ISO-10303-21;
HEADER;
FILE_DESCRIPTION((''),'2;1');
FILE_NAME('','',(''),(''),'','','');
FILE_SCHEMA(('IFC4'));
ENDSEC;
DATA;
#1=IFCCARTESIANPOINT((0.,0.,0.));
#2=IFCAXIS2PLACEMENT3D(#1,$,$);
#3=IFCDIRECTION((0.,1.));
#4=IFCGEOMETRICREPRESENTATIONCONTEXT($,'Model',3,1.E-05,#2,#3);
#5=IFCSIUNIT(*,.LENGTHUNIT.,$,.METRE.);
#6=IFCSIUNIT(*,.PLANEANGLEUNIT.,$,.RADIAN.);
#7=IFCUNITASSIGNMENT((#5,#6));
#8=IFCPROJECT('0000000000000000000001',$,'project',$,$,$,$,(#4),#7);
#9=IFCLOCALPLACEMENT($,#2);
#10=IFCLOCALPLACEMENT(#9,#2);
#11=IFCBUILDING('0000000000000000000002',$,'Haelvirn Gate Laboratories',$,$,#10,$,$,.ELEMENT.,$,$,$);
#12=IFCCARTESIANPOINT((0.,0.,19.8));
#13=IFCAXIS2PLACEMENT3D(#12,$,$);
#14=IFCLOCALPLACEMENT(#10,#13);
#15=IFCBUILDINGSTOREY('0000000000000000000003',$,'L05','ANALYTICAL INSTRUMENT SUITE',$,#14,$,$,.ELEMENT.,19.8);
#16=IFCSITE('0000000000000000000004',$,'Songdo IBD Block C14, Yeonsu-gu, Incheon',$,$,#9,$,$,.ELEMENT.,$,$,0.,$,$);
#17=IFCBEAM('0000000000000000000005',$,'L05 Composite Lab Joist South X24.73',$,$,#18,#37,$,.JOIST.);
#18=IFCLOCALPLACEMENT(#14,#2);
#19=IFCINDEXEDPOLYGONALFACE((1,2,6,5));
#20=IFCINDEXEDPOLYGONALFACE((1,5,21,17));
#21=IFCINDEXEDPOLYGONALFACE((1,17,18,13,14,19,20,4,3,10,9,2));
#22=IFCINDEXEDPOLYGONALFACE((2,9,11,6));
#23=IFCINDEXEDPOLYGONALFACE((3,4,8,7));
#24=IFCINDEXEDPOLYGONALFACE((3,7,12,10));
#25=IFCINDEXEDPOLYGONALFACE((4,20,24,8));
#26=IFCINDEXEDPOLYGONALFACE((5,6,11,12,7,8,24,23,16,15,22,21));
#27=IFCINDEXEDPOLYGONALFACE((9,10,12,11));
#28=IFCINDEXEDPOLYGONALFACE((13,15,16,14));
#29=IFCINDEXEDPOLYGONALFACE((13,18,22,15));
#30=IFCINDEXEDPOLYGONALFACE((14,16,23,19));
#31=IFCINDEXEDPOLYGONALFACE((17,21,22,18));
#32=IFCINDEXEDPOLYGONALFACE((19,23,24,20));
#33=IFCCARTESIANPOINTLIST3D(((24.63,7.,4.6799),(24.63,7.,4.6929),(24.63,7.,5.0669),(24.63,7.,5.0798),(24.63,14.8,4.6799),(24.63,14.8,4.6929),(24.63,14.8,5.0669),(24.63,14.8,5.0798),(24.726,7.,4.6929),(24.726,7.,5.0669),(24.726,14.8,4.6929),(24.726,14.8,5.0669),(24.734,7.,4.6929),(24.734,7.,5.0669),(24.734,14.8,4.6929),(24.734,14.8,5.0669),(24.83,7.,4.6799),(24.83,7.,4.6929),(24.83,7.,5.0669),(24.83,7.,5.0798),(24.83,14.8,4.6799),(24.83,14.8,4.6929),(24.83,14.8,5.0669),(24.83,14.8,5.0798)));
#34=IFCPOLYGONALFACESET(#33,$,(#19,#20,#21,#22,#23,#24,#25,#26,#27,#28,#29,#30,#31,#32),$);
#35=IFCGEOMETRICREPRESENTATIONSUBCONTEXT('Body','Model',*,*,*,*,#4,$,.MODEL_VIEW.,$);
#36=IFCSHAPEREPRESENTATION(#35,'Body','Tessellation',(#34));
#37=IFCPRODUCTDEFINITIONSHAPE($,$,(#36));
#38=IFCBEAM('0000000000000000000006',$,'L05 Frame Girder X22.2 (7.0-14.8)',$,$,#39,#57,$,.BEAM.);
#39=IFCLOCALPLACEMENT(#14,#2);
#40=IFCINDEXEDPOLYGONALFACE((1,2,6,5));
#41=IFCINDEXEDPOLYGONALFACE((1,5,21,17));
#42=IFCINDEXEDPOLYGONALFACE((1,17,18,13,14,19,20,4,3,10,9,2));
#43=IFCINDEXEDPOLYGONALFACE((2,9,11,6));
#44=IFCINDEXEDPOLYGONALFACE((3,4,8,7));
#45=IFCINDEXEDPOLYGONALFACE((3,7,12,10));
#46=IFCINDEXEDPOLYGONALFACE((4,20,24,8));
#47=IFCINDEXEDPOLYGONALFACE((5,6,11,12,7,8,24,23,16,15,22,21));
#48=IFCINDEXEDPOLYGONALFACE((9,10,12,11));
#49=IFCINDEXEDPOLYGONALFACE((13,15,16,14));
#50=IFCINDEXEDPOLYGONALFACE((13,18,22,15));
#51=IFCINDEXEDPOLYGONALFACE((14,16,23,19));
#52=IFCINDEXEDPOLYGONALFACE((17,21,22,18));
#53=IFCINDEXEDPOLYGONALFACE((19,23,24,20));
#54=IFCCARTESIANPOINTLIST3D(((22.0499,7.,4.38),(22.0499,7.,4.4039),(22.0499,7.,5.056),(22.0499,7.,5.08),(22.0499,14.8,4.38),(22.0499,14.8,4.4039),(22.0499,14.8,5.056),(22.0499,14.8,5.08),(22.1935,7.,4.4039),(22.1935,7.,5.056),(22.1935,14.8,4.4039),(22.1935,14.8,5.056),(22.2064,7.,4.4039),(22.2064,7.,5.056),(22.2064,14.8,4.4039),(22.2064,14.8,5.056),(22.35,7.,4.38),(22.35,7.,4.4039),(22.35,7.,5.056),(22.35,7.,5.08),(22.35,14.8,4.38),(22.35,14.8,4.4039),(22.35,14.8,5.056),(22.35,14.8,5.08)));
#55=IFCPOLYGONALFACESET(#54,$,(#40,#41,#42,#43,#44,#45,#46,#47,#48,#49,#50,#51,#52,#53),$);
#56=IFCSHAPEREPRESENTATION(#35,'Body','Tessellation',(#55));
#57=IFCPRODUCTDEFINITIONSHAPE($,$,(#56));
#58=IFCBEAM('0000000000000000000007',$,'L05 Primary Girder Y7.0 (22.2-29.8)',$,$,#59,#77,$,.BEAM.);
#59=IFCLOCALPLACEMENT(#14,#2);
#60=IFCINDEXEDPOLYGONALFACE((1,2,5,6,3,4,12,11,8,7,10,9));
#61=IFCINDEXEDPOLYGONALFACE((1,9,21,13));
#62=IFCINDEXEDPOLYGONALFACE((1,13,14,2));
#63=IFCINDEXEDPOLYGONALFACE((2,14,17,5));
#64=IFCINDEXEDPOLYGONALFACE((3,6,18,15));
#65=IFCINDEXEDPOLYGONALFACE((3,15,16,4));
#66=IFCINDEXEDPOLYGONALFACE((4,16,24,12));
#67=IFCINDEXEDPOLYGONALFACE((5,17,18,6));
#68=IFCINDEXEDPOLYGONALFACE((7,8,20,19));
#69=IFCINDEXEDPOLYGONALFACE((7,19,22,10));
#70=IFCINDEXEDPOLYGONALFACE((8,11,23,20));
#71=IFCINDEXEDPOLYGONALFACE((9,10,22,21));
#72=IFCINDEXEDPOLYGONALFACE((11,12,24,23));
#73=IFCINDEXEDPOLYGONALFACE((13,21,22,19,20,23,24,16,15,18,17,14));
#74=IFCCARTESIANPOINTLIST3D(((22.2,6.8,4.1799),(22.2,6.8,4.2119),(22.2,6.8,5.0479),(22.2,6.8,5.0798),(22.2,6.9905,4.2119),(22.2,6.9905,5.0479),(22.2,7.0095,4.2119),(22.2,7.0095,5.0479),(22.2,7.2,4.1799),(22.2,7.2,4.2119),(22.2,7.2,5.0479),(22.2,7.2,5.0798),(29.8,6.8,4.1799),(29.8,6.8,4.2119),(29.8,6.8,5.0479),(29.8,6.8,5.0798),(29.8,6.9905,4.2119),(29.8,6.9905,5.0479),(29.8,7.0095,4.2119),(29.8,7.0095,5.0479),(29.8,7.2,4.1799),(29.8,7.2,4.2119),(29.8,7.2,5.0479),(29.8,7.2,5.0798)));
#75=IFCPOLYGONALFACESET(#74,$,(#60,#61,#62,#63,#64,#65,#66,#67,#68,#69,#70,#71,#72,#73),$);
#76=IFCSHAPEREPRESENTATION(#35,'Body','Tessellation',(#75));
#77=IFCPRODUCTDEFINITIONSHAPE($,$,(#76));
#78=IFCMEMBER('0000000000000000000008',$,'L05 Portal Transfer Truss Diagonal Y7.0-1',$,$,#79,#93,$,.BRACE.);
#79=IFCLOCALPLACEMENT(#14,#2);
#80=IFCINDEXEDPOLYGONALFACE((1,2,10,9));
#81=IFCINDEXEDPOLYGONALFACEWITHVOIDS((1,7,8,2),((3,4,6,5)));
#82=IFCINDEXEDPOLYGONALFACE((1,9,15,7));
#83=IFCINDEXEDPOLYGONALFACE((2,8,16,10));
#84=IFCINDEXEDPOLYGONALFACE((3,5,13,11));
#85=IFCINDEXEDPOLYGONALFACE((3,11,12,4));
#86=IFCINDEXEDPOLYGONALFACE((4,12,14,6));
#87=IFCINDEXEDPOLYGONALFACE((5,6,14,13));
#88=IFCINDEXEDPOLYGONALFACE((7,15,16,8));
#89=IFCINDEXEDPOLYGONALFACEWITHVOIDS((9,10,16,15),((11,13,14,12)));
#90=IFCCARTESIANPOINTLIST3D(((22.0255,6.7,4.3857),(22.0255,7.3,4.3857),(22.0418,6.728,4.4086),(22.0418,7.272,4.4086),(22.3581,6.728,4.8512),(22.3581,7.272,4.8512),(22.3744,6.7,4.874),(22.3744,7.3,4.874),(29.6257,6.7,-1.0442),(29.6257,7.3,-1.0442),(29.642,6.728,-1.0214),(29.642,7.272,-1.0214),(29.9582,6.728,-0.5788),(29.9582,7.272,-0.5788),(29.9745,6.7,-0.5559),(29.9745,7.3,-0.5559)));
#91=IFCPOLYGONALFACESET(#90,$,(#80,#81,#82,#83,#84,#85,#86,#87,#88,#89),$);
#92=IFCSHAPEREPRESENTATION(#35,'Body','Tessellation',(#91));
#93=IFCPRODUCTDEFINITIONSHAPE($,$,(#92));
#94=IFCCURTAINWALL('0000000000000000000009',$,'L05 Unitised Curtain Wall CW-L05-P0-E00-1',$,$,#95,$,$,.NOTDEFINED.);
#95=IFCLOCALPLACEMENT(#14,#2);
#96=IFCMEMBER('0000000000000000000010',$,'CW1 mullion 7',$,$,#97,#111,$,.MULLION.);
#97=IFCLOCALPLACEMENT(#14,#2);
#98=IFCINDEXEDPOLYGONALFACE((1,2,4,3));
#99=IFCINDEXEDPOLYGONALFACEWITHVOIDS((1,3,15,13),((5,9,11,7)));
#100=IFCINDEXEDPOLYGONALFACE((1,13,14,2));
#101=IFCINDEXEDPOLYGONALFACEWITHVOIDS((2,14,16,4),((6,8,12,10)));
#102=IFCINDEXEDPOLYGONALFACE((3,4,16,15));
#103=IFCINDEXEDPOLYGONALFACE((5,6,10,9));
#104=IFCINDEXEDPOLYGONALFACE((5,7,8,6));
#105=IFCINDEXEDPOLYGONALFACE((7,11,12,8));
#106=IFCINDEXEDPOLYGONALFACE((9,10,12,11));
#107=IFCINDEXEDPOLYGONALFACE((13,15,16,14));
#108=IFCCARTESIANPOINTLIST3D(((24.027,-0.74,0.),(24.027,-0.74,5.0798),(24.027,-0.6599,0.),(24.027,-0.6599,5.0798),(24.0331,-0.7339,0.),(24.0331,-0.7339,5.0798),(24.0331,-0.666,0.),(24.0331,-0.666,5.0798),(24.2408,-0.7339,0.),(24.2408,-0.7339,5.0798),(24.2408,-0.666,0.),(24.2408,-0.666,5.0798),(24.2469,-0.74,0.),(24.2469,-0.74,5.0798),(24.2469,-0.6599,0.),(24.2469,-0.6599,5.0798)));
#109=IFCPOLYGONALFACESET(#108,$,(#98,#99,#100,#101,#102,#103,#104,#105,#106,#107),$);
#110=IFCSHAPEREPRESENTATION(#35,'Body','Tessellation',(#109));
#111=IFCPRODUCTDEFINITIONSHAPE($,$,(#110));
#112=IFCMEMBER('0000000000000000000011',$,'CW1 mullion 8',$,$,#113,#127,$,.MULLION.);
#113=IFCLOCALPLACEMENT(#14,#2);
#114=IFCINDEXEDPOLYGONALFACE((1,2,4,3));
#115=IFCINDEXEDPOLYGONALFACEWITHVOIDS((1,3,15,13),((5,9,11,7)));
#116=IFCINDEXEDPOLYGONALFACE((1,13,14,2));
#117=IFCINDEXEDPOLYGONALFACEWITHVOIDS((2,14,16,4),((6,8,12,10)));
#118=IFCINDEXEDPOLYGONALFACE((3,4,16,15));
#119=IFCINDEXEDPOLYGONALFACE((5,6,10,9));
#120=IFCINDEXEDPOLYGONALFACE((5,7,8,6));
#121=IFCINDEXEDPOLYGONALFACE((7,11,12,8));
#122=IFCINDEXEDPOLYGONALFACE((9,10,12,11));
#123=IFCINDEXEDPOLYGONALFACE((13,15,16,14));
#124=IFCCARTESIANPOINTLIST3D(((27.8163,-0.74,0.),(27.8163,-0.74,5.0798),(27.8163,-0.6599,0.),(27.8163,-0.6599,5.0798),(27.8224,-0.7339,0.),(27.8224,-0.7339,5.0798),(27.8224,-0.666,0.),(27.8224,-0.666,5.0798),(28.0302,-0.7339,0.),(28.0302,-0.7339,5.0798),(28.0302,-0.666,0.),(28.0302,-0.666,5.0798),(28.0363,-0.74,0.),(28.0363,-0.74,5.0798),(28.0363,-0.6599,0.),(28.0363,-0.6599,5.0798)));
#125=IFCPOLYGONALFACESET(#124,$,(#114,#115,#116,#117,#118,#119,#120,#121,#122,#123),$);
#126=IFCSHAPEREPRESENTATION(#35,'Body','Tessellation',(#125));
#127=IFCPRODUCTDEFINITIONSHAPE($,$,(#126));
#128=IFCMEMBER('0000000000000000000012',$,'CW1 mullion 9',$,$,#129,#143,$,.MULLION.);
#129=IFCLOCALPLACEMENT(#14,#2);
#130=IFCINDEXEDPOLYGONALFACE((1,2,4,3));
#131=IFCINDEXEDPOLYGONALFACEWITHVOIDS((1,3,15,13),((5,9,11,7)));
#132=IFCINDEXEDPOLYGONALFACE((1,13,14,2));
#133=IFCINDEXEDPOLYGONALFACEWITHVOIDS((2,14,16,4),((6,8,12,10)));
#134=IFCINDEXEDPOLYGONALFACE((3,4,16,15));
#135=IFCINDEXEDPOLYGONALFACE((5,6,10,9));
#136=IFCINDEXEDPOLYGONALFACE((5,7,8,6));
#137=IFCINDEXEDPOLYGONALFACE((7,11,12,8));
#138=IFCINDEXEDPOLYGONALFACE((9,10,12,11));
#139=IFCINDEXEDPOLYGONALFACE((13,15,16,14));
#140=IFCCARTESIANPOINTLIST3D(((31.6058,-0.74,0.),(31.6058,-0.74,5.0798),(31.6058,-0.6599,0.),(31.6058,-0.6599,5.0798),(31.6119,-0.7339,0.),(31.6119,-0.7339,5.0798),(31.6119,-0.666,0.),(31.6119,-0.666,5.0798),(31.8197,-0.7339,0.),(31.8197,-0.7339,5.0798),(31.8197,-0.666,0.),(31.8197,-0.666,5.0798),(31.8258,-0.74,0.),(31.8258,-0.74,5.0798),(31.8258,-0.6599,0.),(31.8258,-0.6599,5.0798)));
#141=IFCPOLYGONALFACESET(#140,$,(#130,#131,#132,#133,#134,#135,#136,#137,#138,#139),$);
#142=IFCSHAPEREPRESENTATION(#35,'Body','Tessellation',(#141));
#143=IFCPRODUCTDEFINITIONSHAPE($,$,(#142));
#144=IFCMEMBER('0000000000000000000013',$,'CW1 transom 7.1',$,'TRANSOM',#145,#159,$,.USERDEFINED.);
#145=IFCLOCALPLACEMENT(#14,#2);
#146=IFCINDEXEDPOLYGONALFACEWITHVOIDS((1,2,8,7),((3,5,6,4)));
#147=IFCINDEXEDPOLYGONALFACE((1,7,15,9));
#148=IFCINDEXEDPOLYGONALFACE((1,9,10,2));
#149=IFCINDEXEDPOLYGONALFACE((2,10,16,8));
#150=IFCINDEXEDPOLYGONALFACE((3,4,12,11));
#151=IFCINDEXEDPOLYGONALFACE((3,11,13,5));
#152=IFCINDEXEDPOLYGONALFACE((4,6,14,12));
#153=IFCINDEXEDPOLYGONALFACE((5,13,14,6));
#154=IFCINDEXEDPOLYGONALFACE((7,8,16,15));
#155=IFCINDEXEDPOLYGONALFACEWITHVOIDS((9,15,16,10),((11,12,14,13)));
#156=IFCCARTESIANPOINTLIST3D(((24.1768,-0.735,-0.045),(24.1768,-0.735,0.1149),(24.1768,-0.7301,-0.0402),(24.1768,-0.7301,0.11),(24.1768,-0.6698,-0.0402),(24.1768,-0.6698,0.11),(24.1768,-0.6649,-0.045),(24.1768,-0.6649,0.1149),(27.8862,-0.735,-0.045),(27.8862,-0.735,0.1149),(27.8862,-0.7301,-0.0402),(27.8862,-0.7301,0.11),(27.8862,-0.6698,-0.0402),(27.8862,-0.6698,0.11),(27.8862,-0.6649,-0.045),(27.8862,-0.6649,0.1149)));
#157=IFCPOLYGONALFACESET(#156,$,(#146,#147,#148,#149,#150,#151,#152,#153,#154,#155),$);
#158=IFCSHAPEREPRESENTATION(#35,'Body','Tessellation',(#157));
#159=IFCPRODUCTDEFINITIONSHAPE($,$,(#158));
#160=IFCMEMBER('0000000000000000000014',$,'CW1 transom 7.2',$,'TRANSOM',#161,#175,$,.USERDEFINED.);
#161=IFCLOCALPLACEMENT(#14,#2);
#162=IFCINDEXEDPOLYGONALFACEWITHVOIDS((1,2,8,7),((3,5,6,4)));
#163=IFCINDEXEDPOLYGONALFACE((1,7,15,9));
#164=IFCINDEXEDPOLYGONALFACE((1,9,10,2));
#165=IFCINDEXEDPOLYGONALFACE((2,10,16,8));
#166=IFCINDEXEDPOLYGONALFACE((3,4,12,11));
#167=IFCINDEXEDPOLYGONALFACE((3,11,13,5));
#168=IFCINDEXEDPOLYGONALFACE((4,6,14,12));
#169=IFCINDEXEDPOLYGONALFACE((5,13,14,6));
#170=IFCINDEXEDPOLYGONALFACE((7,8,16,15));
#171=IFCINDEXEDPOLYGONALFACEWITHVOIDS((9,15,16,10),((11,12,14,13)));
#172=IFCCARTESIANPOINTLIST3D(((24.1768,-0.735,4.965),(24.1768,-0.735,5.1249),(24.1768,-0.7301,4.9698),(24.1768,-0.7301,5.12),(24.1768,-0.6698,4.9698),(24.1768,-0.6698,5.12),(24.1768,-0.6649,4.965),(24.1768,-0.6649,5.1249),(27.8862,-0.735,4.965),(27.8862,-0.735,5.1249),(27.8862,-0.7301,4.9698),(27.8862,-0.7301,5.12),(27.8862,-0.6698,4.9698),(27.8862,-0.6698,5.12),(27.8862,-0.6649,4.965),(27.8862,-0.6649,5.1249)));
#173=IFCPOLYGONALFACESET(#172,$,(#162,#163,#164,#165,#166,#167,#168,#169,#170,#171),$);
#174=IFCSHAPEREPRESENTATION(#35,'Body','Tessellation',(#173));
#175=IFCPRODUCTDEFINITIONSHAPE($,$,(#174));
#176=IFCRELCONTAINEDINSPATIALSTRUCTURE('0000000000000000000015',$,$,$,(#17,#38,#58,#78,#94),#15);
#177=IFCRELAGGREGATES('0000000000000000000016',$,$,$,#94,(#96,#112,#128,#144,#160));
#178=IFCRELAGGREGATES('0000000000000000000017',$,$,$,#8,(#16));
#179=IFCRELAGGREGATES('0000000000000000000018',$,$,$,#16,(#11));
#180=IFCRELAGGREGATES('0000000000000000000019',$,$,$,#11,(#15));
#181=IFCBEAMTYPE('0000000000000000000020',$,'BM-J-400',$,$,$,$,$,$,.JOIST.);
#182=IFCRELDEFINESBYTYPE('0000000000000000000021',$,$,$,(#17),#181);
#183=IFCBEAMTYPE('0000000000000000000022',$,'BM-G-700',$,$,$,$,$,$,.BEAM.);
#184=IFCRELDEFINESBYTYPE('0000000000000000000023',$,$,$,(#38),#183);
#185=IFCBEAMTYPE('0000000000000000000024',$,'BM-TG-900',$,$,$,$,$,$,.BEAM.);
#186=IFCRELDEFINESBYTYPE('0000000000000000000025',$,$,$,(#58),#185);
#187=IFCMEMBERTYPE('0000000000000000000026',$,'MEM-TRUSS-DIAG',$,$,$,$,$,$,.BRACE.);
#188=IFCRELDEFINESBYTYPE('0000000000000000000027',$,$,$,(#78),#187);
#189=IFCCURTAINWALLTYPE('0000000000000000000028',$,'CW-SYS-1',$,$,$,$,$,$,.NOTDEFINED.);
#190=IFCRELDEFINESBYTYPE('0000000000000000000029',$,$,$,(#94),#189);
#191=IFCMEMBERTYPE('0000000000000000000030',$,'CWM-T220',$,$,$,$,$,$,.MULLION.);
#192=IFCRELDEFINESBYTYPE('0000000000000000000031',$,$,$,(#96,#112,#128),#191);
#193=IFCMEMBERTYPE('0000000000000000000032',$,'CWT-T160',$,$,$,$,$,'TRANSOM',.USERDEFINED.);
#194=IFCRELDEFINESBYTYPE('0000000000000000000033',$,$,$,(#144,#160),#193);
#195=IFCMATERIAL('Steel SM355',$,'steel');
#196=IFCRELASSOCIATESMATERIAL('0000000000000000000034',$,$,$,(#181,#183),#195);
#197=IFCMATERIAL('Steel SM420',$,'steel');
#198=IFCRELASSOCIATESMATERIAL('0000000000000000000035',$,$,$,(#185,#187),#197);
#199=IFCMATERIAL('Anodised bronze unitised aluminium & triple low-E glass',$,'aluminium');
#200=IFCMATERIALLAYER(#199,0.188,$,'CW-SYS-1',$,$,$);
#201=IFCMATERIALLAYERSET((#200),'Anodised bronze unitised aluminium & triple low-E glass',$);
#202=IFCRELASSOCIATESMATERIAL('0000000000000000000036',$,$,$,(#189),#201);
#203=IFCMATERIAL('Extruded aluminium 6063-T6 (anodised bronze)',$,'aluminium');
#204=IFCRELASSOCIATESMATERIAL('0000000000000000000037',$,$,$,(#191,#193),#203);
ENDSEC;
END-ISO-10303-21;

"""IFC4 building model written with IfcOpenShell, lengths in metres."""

from ifc_helpers import new_model, si_unit, direction, frame, origin, origin_2d, place, context, subcontext, project, spatial, hollow_rectangle, i_section, extrude, source, transform, mapped, material, layer, layer_set, material_profile, profile_set, type_object, type_shapes, element, aggregate, save


model = new_model("IFC4")

# Units and contexts
model_context = context("Model", 3, precision=1e-05, world=origin(), true_north=direction((0.0, 1.0)))
body_context = subcontext(model_context, "Body", "Model", "MODEL_VIEW")
ifc_project = project(units=[si_unit("LENGTHUNIT", "METRE"), si_unit("PLANEANGLEUNIT", "RADIAN")], contexts=[model_context])

# Site, building, storey
site_placement = place(None, origin())
site = spatial("IfcSite", under=ifc_project, at=site_placement, Name="Songdo IBD Block C14, Yeonsu-gu, Incheon", CompositionType="ELEMENT", RefElevation=0.0)
building_placement = place(site_placement, origin())
building = spatial("IfcBuilding", under=site, at=building_placement, Name="Haelvirn Gate Laboratories", CompositionType="ELEMENT")
storey_placement = place(building_placement, frame((0.0, 0.0, 19.8)))
storey = spatial("IfcBuildingStorey", under=building, at=storey_placement, Name="L05", Description="ANALYTICAL INSTRUMENT SUITE", CompositionType="ELEMENT", Elevation=19.8)

# Beams
ifc_material_1 = material(Name="Steel SM355", Category="steel")
ifc_material_profile_1 = material_profile(ifc_material_1, i_section(OverallWidth=0.2, OverallDepth=0.3999, WebThickness=0.0081, FlangeThickness=0.0129, at=origin_2d()), Name="H-400x200x8x13")
ifc_profile_set_1 = profile_set([ifc_material_profile_1], Name="Steel SM355")
beam_type_1 = type_object("IfcBeamType", Name="BM-J-400", PredefinedType="JOIST", material=ifc_profile_set_1)
shared_shape_1 = source(origin(), body_context, "Body", "SweptSolid", [
    extrude(i_section(OverallWidth=0.2, OverallDepth=0.3999, WebThickness=0.0081, FlangeThickness=0.0129, at=origin_2d()), origin(), (0.0, 0.0, 1.0), 7.8),
])
type_shapes(beam_type_1, [shared_shape_1])
beam_1_placement = place(storey_placement, frame((24.73, 7.0, 4.8799), z_axis=(0.0, 1.0, 0.0), x_axis=(-1.0, 0.0, 0.0)))
element("IfcBeam", 1, at=beam_1_placement, inside=storey, type_object=beam_type_1, Name="L05 Composite Lab Joist South X24.73", PredefinedType="JOIST", context=body_context, shape_type="MappedRepresentation", body=[
    mapped(shared_shape_1, transform((0.0, 0.0, 0.0), scale=1.0)),
])
ifc_material_profile_2 = material_profile(ifc_material_1, i_section(OverallWidth=0.3, OverallDepth=0.7, WebThickness=0.0129, FlangeThickness=0.0239, at=origin_2d()), Name="H-700x300x13x24")
ifc_profile_set_2 = profile_set([ifc_material_profile_2], Name="Steel SM355")
beam_type_2 = type_object("IfcBeamType", Name="BM-G-700", PredefinedType="BEAM", material=ifc_profile_set_2)
shared_shape_2 = source(origin(), body_context, "Body", "SweptSolid", [
    extrude(i_section(OverallWidth=0.3, OverallDepth=0.7, WebThickness=0.0129, FlangeThickness=0.0239, at=origin_2d()), origin(), (0.0, 0.0, 1.0), 7.8),
])
type_shapes(beam_type_2, [shared_shape_2])
beam_2_placement = place(storey_placement, frame((22.2, 7.0, 4.73), z_axis=(0.0, 1.0, 0.0), x_axis=(-1.0, 0.0, 0.0)))
element("IfcBeam", 2, at=beam_2_placement, inside=storey, type_object=beam_type_2, Name="L05 Frame Girder X22.2 (7.0-14.8)", PredefinedType="BEAM", context=body_context, shape_type="MappedRepresentation", body=[
    mapped(shared_shape_2, transform((0.0, 0.0, 0.0), scale=1.0)),
])
ifc_material_2 = material(Name="Steel SM420", Category="steel")
ifc_material_profile_3 = material_profile(ifc_material_2, i_section(OverallWidth=0.3999, OverallDepth=0.8999, WebThickness=0.019, FlangeThickness=0.032, at=origin_2d()), Name="H-900x400x19x32")
ifc_profile_set_3 = profile_set([ifc_material_profile_3], Name="Steel SM420")
beam_type_3 = type_object("IfcBeamType", Name="BM-TG-900", PredefinedType="BEAM", material=ifc_profile_set_3)
shared_shape_3 = source(origin(), body_context, "Body", "SweptSolid", [
    extrude(i_section(OverallWidth=0.3999, OverallDepth=0.8999, WebThickness=0.019, FlangeThickness=0.032, at=origin_2d()), origin(), (0.0, 0.0, 1.0), 7.6001),
])
type_shapes(beam_type_3, [shared_shape_3])
beam_3_placement = place(storey_placement, frame((22.2, 7.0, 4.6299), z_axis=(1.0, 0.0, 0.0), x_axis=(0.0, 1.0, 0.0)))
element("IfcBeam", 3, at=beam_3_placement, inside=storey, type_object=beam_type_3, Name="L05 Primary Girder Y7.0 (22.2-29.8)", PredefinedType="BEAM", context=body_context, shape_type="MappedRepresentation", body=[
    mapped(shared_shape_3, transform((0.0, 0.0, 0.0), scale=1.0)),
])

# Member
ifc_material_profile_4 = material_profile(ifc_material_2, hollow_rectangle(XDim=0.6001, YDim=0.6001, WallThickness=0.0281, at=origin_2d()), Name="BOX-600x600x28")
ifc_profile_set_4 = profile_set([ifc_material_profile_4], Name="Steel SM420")
member_type_1 = type_object("IfcMemberType", Name="MEM-TRUSS-DIAG", PredefinedType="BRACE", material=ifc_profile_set_4)
shared_shape_4 = source(origin(), body_context, "Body", "SweptSolid", [
    extrude(hollow_rectangle(XDim=0.6001, YDim=0.6001, WallThickness=0.0281, at=origin_2d()), origin(), (0.0, 0.0, 1.0), 9.3406),
])
type_shapes(member_type_1, [shared_shape_4])
member_1_placement = place(storey_placement, frame((22.2, 7.0, 4.6299), z_axis=(0.813668, 0.0, -0.58133), x_axis=(0.0, 1.0, 0.0)))
element("IfcMember", 4, at=member_1_placement, inside=storey, type_object=member_type_1, Name="L05 Portal Transfer Truss Diagonal Y7.0-1", PredefinedType="BRACE", context=body_context, shape_type="MappedRepresentation", body=[
    mapped(shared_shape_4, transform((0.0, 0.0, 0.0), scale=1.0)),
])

# Curtain wall, members
ifc_material_3 = material(Name="Anodised bronze unitised aluminium & triple low-E glass", Category="aluminium")
ifc_layer_1 = layer(ifc_material_3, 0.188, Name="CW-SYS-1")
ifc_layer_set_1 = layer_set([ifc_layer_1], Name="Anodised bronze unitised aluminium & triple low-E glass")
curtain_wall_type = type_object("IfcCurtainWallType", Name="CW-SYS-1", PredefinedType="NOTDEFINED", material=ifc_layer_set_1)
curtain_wall_placement = place(storey_placement, origin())
curtain_wall = element("IfcCurtainWall", 5, at=curtain_wall_placement, inside=storey, type_object=curtain_wall_type, Name="L05 Unitised Curtain Wall CW-L05-P0-E00-1", PredefinedType="NOTDEFINED")
ifc_material_4 = material(Name="Extruded aluminium 6063-T6 (anodised bronze)", Category="aluminium")
ifc_material_profile_5 = material_profile(ifc_material_4, hollow_rectangle(XDim=0.0801, YDim=0.22, WallThickness=0.0061, at=origin_2d()), Name="CWM-220x80x6")
ifc_profile_set_5 = profile_set([ifc_material_profile_5], Name="Extruded aluminium 6063-T6 (anodised bronze)")
member_type_2 = type_object("IfcMemberType", Name="CWM-T220", PredefinedType="MULLION", material=ifc_profile_set_5)
shared_shape_5 = source(origin(), body_context, "Body", "SweptSolid", [
    extrude(hollow_rectangle(XDim=0.0801, YDim=0.22, WallThickness=0.0061, at=origin_2d()), origin(), (0.0, 0.0, 1.0), 5.0798),
])
type_shapes(member_type_2, [shared_shape_5])
member_2_placement = place(storey_placement, frame((24.137, -0.7, 0.0), z_axis=(0.0, 0.0, 1.0), x_axis=(0.0, 1.0, 0.0)))
member_2 = element("IfcMember", 6, at=member_2_placement, type_object=member_type_2, Name="CW1 mullion 7", PredefinedType="MULLION", context=body_context, shape_type="MappedRepresentation", body=[
    mapped(shared_shape_5, transform((0.0, 0.0, 0.0), scale=1.0)),
])
member_3_placement = place(storey_placement, frame((27.9263, -0.7, 0.0), z_axis=(0.0, 0.0, 1.0), x_axis=(0.0, 1.0, 0.0)))
member_3 = element("IfcMember", 7, at=member_3_placement, type_object=member_type_2, Name="CW1 mullion 8", PredefinedType="MULLION", context=body_context, shape_type="MappedRepresentation", body=[
    mapped(shared_shape_5, transform((0.0, 0.0, 0.0), scale=1.0)),
])
member_4_placement = place(storey_placement, frame((31.7158, -0.7, 0.0), z_axis=(0.0, 0.0, 1.0), x_axis=(0.0, 1.0, 0.0)))
member_4 = element("IfcMember", 8, at=member_4_placement, type_object=member_type_2, Name="CW1 mullion 9", PredefinedType="MULLION", context=body_context, shape_type="MappedRepresentation", body=[
    mapped(shared_shape_5, transform((0.0, 0.0, 0.0), scale=1.0)),
])
ifc_material_profile_6 = material_profile(ifc_material_4, hollow_rectangle(XDim=0.0701, YDim=0.1599, WallThickness=0.0049, at=origin_2d()), Name="CWT-160x70x5")
ifc_profile_set_6 = profile_set([ifc_material_profile_6], Name="Extruded aluminium 6063-T6 (anodised bronze)")
member_type_3 = type_object("IfcMemberType", Name="CWT-T160", ElementType="TRANSOM", PredefinedType="USERDEFINED", material=ifc_profile_set_6)
shared_shape_6 = source(origin(), body_context, "Body", "SweptSolid", [
    extrude(hollow_rectangle(XDim=0.0701, YDim=0.1599, WallThickness=0.0049, at=origin_2d()), origin(), (0.0, 0.0, 1.0), 3.7095),
])
type_shapes(member_type_3, [shared_shape_6])
member_5_placement = place(storey_placement, frame((24.1768, -0.7, 0.0349), z_axis=(1.0, 0.0, 0.0), x_axis=(0.0, 1.0, 0.0)))
member_5 = element("IfcMember", 9, at=member_5_placement, type_object=member_type_3, Name="CW1 transom 7.1", ObjectType="TRANSOM", PredefinedType="USERDEFINED", context=body_context, shape_type="MappedRepresentation", body=[
    mapped(shared_shape_6, transform((0.0, 0.0, 0.0), scale=1.0)),
])
member_6_placement = place(storey_placement, frame((24.1768, -0.7, 5.0449), z_axis=(1.0, 0.0, 0.0), x_axis=(0.0, 1.0, 0.0)))
member_6 = element("IfcMember", 10, at=member_6_placement, type_object=member_type_3, Name="CW1 transom 7.2", ObjectType="TRANSOM", PredefinedType="USERDEFINED", context=body_context, shape_type="MappedRepresentation", body=[
    mapped(shared_shape_6, transform((0.0, 0.0, 0.0), scale=1.0)),
])

aggregate(curtain_wall, [member_2, member_3, member_4, member_5, member_6])

save(model, "model.ifc")
